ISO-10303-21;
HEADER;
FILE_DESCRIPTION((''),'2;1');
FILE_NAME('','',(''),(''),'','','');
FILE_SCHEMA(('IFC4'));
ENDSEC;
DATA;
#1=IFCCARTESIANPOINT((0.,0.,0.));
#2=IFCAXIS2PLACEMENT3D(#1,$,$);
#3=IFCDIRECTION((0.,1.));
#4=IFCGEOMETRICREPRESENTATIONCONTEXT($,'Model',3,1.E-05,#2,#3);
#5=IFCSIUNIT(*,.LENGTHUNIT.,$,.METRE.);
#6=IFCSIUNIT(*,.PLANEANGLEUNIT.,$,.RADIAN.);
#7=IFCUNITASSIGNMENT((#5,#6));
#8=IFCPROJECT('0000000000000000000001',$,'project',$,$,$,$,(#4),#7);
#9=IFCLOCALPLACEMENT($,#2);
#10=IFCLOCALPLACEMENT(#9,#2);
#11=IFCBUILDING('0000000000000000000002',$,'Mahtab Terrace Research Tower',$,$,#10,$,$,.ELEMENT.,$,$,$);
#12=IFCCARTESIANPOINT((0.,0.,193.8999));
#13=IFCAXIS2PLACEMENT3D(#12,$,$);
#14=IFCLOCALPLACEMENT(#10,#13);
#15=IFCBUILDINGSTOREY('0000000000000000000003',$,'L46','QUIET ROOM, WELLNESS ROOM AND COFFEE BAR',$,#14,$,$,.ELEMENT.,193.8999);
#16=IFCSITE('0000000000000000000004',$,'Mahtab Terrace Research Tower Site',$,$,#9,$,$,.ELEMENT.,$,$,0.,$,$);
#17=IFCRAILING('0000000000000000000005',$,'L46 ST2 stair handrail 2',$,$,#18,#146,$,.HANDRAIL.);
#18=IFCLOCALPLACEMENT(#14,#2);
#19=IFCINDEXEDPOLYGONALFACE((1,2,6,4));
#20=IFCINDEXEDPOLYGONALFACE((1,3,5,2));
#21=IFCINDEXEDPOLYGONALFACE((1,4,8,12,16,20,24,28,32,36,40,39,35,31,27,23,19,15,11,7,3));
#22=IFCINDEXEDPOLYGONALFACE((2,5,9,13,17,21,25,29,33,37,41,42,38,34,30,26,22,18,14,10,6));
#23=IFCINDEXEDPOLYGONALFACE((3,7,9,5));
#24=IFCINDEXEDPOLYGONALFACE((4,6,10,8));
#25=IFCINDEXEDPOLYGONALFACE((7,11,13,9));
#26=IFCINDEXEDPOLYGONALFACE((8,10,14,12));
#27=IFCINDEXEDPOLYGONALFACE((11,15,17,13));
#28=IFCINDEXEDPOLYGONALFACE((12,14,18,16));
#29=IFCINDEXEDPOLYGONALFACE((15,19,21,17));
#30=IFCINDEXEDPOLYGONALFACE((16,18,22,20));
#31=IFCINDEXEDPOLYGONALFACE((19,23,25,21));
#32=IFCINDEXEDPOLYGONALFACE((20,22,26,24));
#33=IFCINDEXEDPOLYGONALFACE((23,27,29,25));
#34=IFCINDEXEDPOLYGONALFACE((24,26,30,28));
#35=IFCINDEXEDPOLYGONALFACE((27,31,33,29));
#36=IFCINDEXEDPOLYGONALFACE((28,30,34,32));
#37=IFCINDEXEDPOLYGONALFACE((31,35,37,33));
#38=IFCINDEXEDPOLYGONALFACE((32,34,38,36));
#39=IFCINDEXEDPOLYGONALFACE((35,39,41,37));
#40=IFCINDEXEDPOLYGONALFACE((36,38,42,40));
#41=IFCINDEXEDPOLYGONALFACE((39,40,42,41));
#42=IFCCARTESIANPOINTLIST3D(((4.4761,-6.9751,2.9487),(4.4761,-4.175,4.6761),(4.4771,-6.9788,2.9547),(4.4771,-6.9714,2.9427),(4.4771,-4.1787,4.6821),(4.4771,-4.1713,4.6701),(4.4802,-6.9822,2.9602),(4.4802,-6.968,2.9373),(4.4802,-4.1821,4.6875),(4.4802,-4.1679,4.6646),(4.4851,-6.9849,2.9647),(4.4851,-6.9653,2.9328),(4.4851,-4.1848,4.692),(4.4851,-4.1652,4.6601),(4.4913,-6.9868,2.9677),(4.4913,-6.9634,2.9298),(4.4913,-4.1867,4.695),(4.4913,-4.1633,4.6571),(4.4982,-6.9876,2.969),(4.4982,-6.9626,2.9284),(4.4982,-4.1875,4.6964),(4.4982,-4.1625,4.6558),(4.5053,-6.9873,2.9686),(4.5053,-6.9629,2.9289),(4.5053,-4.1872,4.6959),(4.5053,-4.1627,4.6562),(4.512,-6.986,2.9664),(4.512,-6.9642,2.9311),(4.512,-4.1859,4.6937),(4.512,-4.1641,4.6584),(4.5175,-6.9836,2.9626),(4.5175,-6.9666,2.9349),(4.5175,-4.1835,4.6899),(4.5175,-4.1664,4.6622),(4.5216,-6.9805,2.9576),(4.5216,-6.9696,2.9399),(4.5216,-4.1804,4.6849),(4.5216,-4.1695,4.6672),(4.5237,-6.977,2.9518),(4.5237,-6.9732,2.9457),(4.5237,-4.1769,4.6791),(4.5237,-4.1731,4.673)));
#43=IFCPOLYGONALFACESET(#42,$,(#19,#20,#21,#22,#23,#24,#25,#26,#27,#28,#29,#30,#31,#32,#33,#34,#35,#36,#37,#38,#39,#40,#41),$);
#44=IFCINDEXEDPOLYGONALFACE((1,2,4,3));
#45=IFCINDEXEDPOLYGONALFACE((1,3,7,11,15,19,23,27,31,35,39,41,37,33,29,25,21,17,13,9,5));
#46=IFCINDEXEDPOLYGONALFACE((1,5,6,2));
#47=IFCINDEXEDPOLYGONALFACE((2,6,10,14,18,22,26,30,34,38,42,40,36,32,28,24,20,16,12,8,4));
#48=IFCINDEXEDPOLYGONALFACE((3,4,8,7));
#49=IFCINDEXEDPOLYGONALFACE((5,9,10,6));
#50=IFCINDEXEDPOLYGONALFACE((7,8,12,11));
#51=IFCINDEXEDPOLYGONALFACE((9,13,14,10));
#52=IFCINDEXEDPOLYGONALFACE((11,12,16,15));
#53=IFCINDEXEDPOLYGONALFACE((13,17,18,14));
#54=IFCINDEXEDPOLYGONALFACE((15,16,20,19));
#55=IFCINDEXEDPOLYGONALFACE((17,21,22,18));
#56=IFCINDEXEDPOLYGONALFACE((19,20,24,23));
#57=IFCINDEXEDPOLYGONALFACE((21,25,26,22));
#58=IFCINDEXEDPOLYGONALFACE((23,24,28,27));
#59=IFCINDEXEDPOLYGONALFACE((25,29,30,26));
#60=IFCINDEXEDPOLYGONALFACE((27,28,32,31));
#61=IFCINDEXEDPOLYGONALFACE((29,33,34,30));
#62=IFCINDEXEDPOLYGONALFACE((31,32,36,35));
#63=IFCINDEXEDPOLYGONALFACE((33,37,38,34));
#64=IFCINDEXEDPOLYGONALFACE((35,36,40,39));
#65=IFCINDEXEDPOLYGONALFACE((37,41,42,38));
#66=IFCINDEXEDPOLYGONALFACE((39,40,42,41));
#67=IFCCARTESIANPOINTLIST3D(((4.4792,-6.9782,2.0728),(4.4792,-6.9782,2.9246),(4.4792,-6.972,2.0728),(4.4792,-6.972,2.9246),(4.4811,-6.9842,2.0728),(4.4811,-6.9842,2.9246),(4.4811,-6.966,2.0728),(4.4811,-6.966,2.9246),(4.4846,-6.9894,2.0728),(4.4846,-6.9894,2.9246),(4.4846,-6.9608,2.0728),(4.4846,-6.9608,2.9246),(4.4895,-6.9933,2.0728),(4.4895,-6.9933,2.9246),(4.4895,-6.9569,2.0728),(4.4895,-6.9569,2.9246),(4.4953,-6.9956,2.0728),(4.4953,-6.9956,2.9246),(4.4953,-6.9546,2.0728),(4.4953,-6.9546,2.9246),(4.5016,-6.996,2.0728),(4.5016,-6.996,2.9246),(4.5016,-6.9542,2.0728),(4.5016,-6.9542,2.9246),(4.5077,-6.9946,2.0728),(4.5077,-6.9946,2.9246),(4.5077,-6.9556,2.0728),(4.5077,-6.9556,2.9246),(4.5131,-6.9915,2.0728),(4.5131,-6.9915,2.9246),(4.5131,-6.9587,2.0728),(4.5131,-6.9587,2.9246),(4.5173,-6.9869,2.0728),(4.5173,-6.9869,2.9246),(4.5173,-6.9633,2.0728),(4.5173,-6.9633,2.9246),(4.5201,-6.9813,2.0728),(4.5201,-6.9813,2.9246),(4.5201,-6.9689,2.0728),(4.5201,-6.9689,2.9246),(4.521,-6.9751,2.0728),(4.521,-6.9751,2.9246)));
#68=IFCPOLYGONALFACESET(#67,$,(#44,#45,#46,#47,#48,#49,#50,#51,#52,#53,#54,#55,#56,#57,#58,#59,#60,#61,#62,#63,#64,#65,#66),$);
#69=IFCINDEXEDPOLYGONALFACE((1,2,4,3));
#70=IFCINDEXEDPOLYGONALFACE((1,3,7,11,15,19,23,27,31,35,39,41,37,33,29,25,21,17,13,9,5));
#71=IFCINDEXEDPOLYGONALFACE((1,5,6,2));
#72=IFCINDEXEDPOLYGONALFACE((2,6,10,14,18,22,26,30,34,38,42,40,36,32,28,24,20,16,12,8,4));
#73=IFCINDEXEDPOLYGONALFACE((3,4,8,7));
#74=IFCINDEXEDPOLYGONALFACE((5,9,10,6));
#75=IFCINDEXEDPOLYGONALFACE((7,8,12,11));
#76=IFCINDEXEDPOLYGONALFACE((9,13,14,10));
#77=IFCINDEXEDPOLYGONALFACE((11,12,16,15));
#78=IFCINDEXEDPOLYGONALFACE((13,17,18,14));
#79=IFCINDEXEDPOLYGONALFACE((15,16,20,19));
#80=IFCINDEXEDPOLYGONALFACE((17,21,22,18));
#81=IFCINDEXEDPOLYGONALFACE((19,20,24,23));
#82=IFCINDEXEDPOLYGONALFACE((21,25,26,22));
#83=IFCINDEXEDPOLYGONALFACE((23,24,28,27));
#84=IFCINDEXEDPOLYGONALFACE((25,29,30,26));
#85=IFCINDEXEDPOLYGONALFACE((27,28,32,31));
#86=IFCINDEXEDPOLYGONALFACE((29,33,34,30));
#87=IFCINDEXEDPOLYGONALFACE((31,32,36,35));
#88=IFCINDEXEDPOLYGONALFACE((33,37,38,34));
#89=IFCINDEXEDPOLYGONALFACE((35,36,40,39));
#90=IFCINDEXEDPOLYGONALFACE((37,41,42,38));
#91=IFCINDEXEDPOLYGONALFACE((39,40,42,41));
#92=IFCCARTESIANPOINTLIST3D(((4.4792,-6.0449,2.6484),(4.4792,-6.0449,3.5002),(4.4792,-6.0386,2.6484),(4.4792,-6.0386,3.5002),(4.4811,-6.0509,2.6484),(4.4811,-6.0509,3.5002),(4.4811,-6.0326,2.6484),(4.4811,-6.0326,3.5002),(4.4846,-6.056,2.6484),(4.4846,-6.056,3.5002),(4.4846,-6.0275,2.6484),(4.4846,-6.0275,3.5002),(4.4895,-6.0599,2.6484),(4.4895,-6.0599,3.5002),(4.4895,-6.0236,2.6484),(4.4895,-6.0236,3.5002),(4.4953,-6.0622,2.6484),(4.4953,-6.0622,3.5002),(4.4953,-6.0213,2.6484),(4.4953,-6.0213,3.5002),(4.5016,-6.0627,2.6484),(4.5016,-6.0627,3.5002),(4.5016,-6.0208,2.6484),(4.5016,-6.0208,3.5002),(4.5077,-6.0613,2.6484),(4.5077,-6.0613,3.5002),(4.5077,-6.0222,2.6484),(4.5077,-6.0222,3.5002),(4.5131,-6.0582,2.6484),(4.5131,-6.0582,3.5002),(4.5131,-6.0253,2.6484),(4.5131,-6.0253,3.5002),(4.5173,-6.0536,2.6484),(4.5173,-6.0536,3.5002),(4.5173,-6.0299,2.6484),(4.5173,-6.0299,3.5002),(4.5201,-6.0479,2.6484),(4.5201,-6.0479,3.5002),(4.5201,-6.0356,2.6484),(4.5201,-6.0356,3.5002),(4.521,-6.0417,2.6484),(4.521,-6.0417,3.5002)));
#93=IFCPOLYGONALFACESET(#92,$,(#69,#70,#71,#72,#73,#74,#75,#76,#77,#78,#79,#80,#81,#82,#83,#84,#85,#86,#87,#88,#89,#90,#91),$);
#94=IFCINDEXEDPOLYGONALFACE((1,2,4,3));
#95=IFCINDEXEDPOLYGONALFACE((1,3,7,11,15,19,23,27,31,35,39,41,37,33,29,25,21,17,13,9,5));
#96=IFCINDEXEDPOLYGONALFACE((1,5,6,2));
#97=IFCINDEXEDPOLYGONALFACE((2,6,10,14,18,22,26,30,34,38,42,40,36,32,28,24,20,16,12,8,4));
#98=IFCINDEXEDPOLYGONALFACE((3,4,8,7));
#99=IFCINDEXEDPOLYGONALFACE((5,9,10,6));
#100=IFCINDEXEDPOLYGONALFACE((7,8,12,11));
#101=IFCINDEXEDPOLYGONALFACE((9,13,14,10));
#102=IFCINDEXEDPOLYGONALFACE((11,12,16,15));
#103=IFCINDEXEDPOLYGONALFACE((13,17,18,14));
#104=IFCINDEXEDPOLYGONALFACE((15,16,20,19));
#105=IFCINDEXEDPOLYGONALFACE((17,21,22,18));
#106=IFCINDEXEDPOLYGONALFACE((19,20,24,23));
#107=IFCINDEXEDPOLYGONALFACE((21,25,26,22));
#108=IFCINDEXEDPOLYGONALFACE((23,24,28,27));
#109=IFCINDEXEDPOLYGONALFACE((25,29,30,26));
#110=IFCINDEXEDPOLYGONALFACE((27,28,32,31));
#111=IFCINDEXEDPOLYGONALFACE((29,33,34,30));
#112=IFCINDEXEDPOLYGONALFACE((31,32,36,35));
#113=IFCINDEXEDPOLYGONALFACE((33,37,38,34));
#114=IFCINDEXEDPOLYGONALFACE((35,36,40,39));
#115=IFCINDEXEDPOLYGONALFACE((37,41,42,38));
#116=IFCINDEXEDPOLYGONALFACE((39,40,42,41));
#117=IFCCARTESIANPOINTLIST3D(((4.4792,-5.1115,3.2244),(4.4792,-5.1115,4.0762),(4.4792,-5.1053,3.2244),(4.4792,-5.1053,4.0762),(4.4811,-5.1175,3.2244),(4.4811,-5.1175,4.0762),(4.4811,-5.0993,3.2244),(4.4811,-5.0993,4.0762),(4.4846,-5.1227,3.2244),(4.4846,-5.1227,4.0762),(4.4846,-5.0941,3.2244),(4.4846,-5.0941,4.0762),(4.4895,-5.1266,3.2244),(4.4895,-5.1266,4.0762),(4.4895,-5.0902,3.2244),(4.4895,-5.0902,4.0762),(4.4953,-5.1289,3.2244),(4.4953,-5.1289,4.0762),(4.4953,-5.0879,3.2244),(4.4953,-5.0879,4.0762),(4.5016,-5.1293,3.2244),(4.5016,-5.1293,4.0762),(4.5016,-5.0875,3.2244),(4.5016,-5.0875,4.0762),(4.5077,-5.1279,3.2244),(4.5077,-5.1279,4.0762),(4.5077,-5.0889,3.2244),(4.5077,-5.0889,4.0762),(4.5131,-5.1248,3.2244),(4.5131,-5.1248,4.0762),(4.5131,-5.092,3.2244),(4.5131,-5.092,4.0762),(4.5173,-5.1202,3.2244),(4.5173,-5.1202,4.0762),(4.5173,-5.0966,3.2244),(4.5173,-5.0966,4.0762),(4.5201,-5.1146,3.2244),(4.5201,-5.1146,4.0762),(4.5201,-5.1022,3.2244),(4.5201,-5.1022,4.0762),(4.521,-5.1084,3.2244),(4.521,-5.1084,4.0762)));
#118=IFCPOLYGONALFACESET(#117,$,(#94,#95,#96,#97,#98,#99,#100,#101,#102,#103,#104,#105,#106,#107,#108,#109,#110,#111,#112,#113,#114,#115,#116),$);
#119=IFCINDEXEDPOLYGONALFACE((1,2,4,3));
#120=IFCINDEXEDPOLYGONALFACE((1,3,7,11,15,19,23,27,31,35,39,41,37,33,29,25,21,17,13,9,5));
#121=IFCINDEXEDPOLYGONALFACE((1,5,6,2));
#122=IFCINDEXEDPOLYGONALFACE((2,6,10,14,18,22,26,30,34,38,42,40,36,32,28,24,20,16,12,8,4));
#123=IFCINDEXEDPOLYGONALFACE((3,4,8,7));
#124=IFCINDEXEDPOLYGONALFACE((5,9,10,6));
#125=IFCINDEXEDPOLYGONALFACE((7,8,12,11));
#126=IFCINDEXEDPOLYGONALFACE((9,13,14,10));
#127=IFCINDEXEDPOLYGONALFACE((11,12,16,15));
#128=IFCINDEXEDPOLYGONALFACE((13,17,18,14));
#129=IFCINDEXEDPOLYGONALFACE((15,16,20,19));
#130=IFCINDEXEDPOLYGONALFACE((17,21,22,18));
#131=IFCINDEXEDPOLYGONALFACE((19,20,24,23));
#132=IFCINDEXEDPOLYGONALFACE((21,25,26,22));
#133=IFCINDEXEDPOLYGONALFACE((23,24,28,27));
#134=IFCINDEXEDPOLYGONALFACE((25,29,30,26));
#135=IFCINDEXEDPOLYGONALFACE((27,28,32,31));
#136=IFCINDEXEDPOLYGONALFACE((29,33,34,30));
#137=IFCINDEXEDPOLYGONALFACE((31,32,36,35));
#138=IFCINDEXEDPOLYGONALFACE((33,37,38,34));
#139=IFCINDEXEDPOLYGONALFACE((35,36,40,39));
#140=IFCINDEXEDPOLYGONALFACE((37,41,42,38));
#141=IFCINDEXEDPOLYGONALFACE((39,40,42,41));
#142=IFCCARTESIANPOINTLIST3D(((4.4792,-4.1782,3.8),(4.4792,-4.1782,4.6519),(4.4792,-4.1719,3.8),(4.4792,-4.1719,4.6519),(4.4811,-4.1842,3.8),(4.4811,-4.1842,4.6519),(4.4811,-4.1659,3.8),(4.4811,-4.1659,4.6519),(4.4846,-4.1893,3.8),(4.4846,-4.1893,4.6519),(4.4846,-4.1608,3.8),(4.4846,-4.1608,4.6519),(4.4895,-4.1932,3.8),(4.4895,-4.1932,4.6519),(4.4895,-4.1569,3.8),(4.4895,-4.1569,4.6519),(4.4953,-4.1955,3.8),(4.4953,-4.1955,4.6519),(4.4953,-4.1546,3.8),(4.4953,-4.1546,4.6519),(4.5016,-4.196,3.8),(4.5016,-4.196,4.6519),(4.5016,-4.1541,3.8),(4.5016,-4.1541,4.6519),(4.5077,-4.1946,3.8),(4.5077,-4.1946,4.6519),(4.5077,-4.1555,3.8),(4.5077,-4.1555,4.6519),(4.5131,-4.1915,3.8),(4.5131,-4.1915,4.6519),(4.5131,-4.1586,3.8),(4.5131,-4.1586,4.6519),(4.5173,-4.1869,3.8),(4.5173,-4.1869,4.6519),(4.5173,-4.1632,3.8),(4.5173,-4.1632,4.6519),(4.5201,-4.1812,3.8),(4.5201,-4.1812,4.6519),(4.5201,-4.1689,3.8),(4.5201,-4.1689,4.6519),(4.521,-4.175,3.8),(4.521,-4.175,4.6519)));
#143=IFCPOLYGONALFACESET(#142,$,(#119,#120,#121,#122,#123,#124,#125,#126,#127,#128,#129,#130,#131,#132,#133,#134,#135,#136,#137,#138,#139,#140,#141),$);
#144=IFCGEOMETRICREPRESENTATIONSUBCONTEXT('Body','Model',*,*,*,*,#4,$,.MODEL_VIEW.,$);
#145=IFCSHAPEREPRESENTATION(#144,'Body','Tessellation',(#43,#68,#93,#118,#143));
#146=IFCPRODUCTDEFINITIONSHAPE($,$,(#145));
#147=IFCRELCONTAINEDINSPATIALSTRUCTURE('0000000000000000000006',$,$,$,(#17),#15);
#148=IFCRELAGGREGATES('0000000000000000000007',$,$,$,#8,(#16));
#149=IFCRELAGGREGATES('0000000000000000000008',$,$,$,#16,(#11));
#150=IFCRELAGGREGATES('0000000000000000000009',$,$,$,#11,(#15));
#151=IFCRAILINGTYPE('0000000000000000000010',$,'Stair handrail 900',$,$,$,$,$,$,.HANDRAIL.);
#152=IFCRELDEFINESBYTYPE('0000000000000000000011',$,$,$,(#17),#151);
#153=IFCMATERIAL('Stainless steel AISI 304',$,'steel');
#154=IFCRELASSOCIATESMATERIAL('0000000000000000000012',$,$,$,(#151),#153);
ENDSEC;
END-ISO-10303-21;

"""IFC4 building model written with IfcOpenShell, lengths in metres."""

from ifc_helpers import new_model, si_unit, direction, frame, origin, origin_2d, place, context, subcontext, project, spatial, circle, extrude, material, type_object, element, save


model = new_model("IFC4")

# Units and contexts
model_context = context("Model", 3, precision=1e-05, world=origin(), true_north=direction((0.0, 1.0)))
body_context = subcontext(model_context, "Body", "Model", "MODEL_VIEW")
ifc_project = project(units=[si_unit("LENGTHUNIT", "METRE"), si_unit("PLANEANGLEUNIT", "RADIAN")], contexts=[model_context])

# Site, building, storey
site_placement = place(None, origin())
site = spatial("IfcSite", under=ifc_project, at=site_placement, Name="Mahtab Terrace Research Tower Site", CompositionType="ELEMENT", RefElevation=0.0)
building_placement = place(site_placement, origin())
building = spatial("IfcBuilding", under=site, at=building_placement, Name="Mahtab Terrace Research Tower", CompositionType="ELEMENT")
storey_placement = place(building_placement, frame((0.0, 0.0, 193.8999)))
storey = spatial("IfcBuildingStorey", under=building, at=storey_placement, Name="L46", Description="QUIET ROOM, WELLNESS ROOM AND COFFEE BAR", CompositionType="ELEMENT", Elevation=193.8999)

# Railing
ifc_material_1 = material(Name="Stainless steel AISI 304", Category="steel")
railing_type_1 = type_object("IfcRailingType", Name="Stair handrail 900", PredefinedType="HANDRAIL", material=ifc_material_1)
railing_1_placement = place(storey_placement, frame((4.5, -6.9751, 2.0728)))
element("IfcRailing", 1, at=railing_1_placement, inside=storey, type_object=railing_type_1, Name="L46 ST2 stair handrail 2", PredefinedType="HANDRAIL", context=body_context, shape_type="SweptSolid", body=[
    extrude(circle(Radius=0.0239, at=origin_2d()), frame((0.0, 0.0, 0.876), z_axis=(0.0, 0.85109, 0.52502), x_axis=(-1.0, 0.0, 0.0)), (0.0, 0.0, 1.0), 3.29),
    extrude(circle(Radius=0.021, at=origin_2d()), origin(), (0.0, 0.0, 1.0), 0.8518),
    extrude(circle(Radius=0.021, at=origin_2d()), frame((0.0, 0.9333, 0.5757)), (0.0, 0.0, 1.0), 0.8518),
    extrude(circle(Radius=0.021, at=origin_2d()), frame((0.0, 1.8667, 1.1516)), (0.0, 0.0, 1.0), 0.8518),
    extrude(circle(Radius=0.021, at=origin_2d()), frame((0.0, 2.8, 1.7273)), (0.0, 0.0, 1.0), 0.8518),
])

save(model, "model.ifc")
